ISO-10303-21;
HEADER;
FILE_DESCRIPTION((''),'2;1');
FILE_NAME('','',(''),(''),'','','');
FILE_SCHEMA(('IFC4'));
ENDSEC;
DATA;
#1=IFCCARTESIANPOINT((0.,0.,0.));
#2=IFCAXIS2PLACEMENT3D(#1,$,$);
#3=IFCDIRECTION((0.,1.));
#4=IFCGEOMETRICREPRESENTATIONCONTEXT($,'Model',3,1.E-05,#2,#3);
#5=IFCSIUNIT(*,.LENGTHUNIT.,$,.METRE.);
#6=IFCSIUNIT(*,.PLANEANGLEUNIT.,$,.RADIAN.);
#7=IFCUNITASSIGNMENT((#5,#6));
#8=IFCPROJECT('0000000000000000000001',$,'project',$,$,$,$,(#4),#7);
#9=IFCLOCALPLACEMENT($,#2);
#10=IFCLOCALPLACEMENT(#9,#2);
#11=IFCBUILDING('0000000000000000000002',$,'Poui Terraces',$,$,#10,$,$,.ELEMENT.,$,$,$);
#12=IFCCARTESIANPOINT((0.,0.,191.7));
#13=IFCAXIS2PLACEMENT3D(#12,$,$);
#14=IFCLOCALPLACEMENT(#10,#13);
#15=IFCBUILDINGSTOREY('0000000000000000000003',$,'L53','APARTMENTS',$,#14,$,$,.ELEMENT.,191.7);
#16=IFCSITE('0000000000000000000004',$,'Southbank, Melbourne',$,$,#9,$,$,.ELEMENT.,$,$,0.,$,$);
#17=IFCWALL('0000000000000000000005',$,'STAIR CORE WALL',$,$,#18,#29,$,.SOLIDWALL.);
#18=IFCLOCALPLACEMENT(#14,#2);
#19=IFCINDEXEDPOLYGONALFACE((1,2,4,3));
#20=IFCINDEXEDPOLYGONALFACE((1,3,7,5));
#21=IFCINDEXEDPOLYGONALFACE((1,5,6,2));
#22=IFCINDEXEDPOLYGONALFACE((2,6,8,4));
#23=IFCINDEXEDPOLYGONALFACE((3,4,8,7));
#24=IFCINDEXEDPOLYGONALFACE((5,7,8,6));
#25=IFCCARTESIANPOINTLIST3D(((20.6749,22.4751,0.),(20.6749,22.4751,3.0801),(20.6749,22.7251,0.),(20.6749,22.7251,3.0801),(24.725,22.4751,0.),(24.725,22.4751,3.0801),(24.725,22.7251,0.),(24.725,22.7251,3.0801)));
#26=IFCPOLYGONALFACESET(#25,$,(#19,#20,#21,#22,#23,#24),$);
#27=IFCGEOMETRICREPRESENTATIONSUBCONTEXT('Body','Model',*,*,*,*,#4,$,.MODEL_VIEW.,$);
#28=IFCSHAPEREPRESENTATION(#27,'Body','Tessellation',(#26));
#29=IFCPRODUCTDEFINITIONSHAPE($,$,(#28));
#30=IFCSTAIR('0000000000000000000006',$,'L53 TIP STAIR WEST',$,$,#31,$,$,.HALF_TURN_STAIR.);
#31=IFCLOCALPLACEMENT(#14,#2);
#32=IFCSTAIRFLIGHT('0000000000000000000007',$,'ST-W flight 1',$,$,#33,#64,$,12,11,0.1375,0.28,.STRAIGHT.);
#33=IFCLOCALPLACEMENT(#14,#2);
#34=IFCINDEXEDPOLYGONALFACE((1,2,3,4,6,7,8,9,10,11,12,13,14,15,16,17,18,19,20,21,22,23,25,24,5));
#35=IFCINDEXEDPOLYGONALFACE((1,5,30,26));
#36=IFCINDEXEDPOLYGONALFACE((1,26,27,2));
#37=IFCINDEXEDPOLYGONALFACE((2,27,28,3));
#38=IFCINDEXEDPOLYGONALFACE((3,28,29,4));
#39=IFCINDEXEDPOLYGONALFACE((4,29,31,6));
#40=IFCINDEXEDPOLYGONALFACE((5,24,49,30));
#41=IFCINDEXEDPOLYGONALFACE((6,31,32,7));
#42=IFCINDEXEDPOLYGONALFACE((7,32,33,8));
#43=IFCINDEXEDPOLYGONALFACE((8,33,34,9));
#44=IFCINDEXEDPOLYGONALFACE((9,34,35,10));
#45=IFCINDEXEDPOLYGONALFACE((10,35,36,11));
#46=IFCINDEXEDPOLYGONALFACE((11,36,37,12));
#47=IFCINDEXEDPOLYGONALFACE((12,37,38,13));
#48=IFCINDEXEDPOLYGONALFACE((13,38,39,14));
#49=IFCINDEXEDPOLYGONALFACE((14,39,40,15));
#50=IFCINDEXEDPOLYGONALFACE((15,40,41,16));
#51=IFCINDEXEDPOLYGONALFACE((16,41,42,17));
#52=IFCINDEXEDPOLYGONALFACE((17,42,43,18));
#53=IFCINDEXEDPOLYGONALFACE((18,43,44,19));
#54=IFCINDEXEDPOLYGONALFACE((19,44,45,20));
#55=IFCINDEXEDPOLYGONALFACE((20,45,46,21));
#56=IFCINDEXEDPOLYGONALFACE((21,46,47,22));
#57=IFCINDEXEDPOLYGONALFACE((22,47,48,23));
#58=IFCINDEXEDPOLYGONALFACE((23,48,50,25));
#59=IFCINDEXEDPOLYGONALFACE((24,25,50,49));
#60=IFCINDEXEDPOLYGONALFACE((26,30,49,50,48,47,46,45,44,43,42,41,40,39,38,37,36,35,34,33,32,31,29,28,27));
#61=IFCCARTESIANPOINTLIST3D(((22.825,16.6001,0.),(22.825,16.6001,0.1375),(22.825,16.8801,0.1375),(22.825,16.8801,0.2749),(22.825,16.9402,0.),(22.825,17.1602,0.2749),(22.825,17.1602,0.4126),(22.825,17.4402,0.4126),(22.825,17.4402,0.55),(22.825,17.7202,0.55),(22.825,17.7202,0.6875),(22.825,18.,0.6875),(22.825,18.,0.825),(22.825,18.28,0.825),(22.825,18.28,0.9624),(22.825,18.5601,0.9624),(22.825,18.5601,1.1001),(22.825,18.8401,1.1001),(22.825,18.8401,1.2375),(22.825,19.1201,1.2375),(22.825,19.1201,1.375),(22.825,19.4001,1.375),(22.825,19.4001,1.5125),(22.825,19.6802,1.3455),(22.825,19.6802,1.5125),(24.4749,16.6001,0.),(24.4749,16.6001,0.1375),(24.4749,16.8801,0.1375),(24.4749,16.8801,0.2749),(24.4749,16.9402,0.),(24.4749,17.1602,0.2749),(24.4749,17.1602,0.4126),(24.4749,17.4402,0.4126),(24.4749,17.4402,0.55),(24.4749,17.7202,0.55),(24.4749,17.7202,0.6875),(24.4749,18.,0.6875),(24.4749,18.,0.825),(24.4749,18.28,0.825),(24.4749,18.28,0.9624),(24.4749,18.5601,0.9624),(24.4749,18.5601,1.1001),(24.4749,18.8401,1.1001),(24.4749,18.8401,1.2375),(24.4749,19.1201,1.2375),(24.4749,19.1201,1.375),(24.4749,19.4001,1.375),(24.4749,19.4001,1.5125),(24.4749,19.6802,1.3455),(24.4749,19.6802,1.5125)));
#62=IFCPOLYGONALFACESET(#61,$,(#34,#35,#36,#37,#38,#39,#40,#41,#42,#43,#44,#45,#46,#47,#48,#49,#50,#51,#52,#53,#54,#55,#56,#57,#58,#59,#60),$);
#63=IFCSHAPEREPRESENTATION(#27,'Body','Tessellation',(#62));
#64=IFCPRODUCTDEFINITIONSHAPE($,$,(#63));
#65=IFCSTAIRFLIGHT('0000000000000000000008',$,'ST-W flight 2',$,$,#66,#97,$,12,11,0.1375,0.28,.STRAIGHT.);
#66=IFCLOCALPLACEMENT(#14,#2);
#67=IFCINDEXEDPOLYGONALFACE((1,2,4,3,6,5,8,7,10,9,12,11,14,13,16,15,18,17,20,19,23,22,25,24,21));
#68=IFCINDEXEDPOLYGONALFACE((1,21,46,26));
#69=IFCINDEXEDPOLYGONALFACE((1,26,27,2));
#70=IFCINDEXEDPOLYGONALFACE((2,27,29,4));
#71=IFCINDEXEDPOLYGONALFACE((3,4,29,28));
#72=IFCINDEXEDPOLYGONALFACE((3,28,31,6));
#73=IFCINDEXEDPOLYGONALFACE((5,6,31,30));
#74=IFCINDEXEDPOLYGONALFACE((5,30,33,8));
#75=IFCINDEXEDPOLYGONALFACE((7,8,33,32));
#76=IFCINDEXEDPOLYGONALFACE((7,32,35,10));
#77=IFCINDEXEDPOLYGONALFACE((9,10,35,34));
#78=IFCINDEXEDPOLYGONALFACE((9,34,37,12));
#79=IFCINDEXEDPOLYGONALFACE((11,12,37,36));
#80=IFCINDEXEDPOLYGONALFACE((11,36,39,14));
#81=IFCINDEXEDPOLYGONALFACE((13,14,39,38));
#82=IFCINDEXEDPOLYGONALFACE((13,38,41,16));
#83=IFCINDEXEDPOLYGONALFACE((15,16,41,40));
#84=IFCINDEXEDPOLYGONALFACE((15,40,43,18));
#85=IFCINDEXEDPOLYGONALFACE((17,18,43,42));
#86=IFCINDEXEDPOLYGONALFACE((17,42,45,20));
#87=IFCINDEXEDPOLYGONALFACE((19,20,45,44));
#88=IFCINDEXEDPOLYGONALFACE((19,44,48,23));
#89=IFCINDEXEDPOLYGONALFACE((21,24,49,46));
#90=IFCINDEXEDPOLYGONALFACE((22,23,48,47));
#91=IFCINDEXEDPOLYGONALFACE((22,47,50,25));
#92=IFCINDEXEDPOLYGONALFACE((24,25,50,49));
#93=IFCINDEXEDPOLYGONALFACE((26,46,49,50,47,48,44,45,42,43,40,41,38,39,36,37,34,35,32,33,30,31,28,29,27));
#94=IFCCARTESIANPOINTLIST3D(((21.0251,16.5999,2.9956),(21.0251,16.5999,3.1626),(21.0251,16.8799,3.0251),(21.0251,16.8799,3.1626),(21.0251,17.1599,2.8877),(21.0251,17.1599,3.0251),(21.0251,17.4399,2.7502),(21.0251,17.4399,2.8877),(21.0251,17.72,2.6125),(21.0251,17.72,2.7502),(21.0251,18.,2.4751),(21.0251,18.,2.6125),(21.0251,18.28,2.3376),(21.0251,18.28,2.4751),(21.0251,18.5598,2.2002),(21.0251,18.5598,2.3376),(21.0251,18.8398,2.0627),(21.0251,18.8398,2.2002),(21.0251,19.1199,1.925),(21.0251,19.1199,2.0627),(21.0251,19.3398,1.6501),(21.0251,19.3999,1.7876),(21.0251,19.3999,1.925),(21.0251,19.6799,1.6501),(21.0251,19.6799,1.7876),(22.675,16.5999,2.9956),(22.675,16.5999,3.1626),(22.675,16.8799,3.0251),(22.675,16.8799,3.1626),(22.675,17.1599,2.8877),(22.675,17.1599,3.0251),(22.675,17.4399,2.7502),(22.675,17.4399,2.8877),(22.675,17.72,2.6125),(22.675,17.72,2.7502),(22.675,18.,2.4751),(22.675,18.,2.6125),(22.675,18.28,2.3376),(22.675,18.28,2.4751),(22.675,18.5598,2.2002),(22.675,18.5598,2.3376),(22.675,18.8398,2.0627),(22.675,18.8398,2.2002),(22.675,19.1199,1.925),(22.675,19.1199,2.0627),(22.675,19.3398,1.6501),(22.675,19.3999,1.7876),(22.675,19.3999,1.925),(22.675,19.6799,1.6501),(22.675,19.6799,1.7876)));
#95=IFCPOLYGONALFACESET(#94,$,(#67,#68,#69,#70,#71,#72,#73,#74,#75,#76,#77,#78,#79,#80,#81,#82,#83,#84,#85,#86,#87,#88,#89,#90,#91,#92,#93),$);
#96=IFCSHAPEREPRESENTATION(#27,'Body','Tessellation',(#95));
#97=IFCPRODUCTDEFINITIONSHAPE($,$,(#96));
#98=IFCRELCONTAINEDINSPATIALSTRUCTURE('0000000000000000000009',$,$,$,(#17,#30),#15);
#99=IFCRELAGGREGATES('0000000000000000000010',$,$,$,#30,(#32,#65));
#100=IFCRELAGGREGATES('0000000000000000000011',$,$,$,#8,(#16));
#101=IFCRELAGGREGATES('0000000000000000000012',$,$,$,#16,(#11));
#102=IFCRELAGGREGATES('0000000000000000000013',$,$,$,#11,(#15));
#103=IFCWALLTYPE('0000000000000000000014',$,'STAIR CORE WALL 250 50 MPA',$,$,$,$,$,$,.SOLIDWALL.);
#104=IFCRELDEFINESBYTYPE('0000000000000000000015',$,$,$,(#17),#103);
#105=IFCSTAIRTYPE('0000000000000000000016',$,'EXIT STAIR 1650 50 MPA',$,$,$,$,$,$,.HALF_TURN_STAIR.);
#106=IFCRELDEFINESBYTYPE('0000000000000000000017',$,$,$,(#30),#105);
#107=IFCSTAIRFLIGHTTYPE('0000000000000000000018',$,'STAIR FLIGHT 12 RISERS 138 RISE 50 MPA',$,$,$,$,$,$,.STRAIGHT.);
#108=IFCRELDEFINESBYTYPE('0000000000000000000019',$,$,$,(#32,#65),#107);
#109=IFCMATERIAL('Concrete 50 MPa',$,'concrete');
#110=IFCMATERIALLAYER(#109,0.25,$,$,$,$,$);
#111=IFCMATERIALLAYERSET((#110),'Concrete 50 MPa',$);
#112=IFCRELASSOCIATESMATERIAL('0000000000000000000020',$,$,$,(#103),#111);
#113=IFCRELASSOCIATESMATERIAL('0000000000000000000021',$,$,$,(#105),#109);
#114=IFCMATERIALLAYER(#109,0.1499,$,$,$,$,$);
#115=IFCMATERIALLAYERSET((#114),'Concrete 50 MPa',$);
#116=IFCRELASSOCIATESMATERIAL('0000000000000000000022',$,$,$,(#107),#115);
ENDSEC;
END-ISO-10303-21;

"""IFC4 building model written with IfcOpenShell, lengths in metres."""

from ifc_helpers import new_model, si_unit, direction, frame, frame_2d, origin, place, context, subcontext, project, spatial, polyline, rectangle, outline, extrude, material, layer, layer_set, type_object, element, aggregate, save


model = new_model("IFC4")

# Units and contexts
model_context = context("Model", 3, precision=1e-05, world=origin(), true_north=direction((0.0, 1.0)))
body_context = subcontext(model_context, "Body", "Model", "MODEL_VIEW")
ifc_project = project(units=[si_unit("LENGTHUNIT", "METRE"), si_unit("PLANEANGLEUNIT", "RADIAN")], contexts=[model_context])

# Site, building, storey
site_placement = place(None, origin())
site = spatial("IfcSite", under=ifc_project, at=site_placement, Name="Southbank, Melbourne", CompositionType="ELEMENT", RefElevation=0.0)
building_placement = place(site_placement, origin())
building = spatial("IfcBuilding", under=site, at=building_placement, Name="Poui Terraces", CompositionType="ELEMENT")
storey_placement = place(building_placement, frame((0.0, 0.0, 191.7)))
storey = spatial("IfcBuildingStorey", under=building, at=storey_placement, Name="L53", Description="APARTMENTS", CompositionType="ELEMENT", Elevation=191.7)

# Wall
ifc_material_1 = material(Name="Concrete 50 MPa", Category="concrete")
ifc_layer_1 = layer(ifc_material_1, 0.25)
ifc_layer_set_1 = layer_set([ifc_layer_1], Name="Concrete 50 MPa")
wall_type = type_object("IfcWallType", Name="STAIR CORE WALL 250 50 MPA", PredefinedType="SOLIDWALL", material=ifc_layer_set_1)
wall_placement = place(storey_placement, frame((20.675, 22.6001, 0.0), z_axis=(0.0, 0.0, 1.0), x_axis=(1.0, 0.0, 0.0)))
element("IfcWall", 1, at=wall_placement, inside=storey, type_object=wall_type, Name="STAIR CORE WALL", PredefinedType="SOLIDWALL", context=body_context, shape_type="SweptSolid", body=[
    extrude(rectangle(XDim=4.05, YDim=0.25, at=frame_2d((2.0249, 0.0))), origin(), (0.0, 0.0, 1.0), 3.0801),
])

# Stair, stair flights
stair_type = type_object("IfcStairType", Name="EXIT STAIR 1650 50 MPA", PredefinedType="HALF_TURN_STAIR", material=ifc_material_1)
stair_placement = place(storey_placement, origin())
stair = element("IfcStair", 2, at=stair_placement, inside=storey, type_object=stair_type, Name="L53 TIP STAIR WEST", PredefinedType="HALF_TURN_STAIR")
ifc_layer_2 = layer(ifc_material_1, 0.1499)
ifc_layer_set_2 = layer_set([ifc_layer_2], Name="Concrete 50 MPa")
stair_flight_type = type_object("IfcStairFlightType", Name="STAIR FLIGHT 12 RISERS 138 RISE 50 MPA", PredefinedType="STRAIGHT", material=ifc_layer_set_2)
stair_flight_1_placement = place(storey_placement, frame((23.6499, 16.6001, 0.0), z_axis=(0.0, 0.0, 1.0), x_axis=(0.0, 1.0, 0.0)))
stair_flight_1 = element("IfcStairFlight", 3, at=stair_flight_1_placement, type_object=stair_flight_type, Name="ST-W flight 1", NumberOfRisers=12, NumberOfTreads=11, PredefinedType="STRAIGHT", RiserHeight=0.1375, TreadLength=0.28, context=body_context, shape_type="SweptSolid", body=[
    extrude(outline(polyline([(0.0, 0.0), (0.0, 0.1375), (0.28, 0.1375), (0.28, 0.2749), (0.5601, 0.2749), (0.5601, 0.4126), (0.8401, 0.4126), (0.8401, 0.55), (1.1201, 0.55), (1.1201, 0.6875), (1.3999, 0.6875), (1.3999, 0.825), (1.6799, 0.825), (1.6799, 0.9624), (1.96, 0.9624), (1.96, 1.1001), (2.24, 1.1001), (2.24, 1.2375), (2.52, 1.2375), (2.52, 1.375), (2.8, 1.375), (2.8, 1.5125), (3.0801, 1.5125), (3.0801, 1.6499), (3.0801, 1.3455), (0.3401, 0.0), (0.0, 0.0)])), frame((0.0, 0.825, 0.0), z_axis=(0.0, -1.0, 0.0), x_axis=(1.0, 0.0, 0.0)), (0.0, 0.0, 1.0), 1.6499),
])
stair_flight_2_placement = place(storey_placement, frame((21.8501, 19.6799, 1.6501), z_axis=(0.0, 0.0, 1.0), x_axis=(0.0, -1.0, 0.0)))
stair_flight_2 = element("IfcStairFlight", 4, at=stair_flight_2_placement, type_object=stair_flight_type, Name="ST-W flight 2", NumberOfRisers=12, NumberOfTreads=11, PredefinedType="STRAIGHT", RiserHeight=0.1375, TreadLength=0.28, context=body_context, shape_type="SweptSolid", body=[
    extrude(outline(polyline([(0.0, 0.0), (0.0, 0.1375), (0.28, 0.1375), (0.28, 0.2749), (0.5601, 0.2749), (0.5601, 0.4126), (0.8401, 0.4126), (0.8401, 0.55), (1.1201, 0.55), (1.1201, 0.6875), (1.3999, 0.6875), (1.3999, 0.825), (1.6799, 0.825), (1.6799, 0.9624), (1.96, 0.9624), (1.96, 1.1001), (2.24, 1.1001), (2.24, 1.2375), (2.52, 1.2375), (2.52, 1.375), (2.8, 1.375), (2.8, 1.5125), (3.0801, 1.5125), (3.0801, 1.6499), (3.0801, 1.3455), (0.3401, 0.0), (0.0, 0.0)])), frame((0.0, 0.825, 0.0), z_axis=(0.0, -1.0, 0.0), x_axis=(1.0, 0.0, 0.0)), (0.0, 0.0, 1.0), 1.6499),
])
aggregate(stair, [stair_flight_1, stair_flight_2])

save(model, "model.ifc")
